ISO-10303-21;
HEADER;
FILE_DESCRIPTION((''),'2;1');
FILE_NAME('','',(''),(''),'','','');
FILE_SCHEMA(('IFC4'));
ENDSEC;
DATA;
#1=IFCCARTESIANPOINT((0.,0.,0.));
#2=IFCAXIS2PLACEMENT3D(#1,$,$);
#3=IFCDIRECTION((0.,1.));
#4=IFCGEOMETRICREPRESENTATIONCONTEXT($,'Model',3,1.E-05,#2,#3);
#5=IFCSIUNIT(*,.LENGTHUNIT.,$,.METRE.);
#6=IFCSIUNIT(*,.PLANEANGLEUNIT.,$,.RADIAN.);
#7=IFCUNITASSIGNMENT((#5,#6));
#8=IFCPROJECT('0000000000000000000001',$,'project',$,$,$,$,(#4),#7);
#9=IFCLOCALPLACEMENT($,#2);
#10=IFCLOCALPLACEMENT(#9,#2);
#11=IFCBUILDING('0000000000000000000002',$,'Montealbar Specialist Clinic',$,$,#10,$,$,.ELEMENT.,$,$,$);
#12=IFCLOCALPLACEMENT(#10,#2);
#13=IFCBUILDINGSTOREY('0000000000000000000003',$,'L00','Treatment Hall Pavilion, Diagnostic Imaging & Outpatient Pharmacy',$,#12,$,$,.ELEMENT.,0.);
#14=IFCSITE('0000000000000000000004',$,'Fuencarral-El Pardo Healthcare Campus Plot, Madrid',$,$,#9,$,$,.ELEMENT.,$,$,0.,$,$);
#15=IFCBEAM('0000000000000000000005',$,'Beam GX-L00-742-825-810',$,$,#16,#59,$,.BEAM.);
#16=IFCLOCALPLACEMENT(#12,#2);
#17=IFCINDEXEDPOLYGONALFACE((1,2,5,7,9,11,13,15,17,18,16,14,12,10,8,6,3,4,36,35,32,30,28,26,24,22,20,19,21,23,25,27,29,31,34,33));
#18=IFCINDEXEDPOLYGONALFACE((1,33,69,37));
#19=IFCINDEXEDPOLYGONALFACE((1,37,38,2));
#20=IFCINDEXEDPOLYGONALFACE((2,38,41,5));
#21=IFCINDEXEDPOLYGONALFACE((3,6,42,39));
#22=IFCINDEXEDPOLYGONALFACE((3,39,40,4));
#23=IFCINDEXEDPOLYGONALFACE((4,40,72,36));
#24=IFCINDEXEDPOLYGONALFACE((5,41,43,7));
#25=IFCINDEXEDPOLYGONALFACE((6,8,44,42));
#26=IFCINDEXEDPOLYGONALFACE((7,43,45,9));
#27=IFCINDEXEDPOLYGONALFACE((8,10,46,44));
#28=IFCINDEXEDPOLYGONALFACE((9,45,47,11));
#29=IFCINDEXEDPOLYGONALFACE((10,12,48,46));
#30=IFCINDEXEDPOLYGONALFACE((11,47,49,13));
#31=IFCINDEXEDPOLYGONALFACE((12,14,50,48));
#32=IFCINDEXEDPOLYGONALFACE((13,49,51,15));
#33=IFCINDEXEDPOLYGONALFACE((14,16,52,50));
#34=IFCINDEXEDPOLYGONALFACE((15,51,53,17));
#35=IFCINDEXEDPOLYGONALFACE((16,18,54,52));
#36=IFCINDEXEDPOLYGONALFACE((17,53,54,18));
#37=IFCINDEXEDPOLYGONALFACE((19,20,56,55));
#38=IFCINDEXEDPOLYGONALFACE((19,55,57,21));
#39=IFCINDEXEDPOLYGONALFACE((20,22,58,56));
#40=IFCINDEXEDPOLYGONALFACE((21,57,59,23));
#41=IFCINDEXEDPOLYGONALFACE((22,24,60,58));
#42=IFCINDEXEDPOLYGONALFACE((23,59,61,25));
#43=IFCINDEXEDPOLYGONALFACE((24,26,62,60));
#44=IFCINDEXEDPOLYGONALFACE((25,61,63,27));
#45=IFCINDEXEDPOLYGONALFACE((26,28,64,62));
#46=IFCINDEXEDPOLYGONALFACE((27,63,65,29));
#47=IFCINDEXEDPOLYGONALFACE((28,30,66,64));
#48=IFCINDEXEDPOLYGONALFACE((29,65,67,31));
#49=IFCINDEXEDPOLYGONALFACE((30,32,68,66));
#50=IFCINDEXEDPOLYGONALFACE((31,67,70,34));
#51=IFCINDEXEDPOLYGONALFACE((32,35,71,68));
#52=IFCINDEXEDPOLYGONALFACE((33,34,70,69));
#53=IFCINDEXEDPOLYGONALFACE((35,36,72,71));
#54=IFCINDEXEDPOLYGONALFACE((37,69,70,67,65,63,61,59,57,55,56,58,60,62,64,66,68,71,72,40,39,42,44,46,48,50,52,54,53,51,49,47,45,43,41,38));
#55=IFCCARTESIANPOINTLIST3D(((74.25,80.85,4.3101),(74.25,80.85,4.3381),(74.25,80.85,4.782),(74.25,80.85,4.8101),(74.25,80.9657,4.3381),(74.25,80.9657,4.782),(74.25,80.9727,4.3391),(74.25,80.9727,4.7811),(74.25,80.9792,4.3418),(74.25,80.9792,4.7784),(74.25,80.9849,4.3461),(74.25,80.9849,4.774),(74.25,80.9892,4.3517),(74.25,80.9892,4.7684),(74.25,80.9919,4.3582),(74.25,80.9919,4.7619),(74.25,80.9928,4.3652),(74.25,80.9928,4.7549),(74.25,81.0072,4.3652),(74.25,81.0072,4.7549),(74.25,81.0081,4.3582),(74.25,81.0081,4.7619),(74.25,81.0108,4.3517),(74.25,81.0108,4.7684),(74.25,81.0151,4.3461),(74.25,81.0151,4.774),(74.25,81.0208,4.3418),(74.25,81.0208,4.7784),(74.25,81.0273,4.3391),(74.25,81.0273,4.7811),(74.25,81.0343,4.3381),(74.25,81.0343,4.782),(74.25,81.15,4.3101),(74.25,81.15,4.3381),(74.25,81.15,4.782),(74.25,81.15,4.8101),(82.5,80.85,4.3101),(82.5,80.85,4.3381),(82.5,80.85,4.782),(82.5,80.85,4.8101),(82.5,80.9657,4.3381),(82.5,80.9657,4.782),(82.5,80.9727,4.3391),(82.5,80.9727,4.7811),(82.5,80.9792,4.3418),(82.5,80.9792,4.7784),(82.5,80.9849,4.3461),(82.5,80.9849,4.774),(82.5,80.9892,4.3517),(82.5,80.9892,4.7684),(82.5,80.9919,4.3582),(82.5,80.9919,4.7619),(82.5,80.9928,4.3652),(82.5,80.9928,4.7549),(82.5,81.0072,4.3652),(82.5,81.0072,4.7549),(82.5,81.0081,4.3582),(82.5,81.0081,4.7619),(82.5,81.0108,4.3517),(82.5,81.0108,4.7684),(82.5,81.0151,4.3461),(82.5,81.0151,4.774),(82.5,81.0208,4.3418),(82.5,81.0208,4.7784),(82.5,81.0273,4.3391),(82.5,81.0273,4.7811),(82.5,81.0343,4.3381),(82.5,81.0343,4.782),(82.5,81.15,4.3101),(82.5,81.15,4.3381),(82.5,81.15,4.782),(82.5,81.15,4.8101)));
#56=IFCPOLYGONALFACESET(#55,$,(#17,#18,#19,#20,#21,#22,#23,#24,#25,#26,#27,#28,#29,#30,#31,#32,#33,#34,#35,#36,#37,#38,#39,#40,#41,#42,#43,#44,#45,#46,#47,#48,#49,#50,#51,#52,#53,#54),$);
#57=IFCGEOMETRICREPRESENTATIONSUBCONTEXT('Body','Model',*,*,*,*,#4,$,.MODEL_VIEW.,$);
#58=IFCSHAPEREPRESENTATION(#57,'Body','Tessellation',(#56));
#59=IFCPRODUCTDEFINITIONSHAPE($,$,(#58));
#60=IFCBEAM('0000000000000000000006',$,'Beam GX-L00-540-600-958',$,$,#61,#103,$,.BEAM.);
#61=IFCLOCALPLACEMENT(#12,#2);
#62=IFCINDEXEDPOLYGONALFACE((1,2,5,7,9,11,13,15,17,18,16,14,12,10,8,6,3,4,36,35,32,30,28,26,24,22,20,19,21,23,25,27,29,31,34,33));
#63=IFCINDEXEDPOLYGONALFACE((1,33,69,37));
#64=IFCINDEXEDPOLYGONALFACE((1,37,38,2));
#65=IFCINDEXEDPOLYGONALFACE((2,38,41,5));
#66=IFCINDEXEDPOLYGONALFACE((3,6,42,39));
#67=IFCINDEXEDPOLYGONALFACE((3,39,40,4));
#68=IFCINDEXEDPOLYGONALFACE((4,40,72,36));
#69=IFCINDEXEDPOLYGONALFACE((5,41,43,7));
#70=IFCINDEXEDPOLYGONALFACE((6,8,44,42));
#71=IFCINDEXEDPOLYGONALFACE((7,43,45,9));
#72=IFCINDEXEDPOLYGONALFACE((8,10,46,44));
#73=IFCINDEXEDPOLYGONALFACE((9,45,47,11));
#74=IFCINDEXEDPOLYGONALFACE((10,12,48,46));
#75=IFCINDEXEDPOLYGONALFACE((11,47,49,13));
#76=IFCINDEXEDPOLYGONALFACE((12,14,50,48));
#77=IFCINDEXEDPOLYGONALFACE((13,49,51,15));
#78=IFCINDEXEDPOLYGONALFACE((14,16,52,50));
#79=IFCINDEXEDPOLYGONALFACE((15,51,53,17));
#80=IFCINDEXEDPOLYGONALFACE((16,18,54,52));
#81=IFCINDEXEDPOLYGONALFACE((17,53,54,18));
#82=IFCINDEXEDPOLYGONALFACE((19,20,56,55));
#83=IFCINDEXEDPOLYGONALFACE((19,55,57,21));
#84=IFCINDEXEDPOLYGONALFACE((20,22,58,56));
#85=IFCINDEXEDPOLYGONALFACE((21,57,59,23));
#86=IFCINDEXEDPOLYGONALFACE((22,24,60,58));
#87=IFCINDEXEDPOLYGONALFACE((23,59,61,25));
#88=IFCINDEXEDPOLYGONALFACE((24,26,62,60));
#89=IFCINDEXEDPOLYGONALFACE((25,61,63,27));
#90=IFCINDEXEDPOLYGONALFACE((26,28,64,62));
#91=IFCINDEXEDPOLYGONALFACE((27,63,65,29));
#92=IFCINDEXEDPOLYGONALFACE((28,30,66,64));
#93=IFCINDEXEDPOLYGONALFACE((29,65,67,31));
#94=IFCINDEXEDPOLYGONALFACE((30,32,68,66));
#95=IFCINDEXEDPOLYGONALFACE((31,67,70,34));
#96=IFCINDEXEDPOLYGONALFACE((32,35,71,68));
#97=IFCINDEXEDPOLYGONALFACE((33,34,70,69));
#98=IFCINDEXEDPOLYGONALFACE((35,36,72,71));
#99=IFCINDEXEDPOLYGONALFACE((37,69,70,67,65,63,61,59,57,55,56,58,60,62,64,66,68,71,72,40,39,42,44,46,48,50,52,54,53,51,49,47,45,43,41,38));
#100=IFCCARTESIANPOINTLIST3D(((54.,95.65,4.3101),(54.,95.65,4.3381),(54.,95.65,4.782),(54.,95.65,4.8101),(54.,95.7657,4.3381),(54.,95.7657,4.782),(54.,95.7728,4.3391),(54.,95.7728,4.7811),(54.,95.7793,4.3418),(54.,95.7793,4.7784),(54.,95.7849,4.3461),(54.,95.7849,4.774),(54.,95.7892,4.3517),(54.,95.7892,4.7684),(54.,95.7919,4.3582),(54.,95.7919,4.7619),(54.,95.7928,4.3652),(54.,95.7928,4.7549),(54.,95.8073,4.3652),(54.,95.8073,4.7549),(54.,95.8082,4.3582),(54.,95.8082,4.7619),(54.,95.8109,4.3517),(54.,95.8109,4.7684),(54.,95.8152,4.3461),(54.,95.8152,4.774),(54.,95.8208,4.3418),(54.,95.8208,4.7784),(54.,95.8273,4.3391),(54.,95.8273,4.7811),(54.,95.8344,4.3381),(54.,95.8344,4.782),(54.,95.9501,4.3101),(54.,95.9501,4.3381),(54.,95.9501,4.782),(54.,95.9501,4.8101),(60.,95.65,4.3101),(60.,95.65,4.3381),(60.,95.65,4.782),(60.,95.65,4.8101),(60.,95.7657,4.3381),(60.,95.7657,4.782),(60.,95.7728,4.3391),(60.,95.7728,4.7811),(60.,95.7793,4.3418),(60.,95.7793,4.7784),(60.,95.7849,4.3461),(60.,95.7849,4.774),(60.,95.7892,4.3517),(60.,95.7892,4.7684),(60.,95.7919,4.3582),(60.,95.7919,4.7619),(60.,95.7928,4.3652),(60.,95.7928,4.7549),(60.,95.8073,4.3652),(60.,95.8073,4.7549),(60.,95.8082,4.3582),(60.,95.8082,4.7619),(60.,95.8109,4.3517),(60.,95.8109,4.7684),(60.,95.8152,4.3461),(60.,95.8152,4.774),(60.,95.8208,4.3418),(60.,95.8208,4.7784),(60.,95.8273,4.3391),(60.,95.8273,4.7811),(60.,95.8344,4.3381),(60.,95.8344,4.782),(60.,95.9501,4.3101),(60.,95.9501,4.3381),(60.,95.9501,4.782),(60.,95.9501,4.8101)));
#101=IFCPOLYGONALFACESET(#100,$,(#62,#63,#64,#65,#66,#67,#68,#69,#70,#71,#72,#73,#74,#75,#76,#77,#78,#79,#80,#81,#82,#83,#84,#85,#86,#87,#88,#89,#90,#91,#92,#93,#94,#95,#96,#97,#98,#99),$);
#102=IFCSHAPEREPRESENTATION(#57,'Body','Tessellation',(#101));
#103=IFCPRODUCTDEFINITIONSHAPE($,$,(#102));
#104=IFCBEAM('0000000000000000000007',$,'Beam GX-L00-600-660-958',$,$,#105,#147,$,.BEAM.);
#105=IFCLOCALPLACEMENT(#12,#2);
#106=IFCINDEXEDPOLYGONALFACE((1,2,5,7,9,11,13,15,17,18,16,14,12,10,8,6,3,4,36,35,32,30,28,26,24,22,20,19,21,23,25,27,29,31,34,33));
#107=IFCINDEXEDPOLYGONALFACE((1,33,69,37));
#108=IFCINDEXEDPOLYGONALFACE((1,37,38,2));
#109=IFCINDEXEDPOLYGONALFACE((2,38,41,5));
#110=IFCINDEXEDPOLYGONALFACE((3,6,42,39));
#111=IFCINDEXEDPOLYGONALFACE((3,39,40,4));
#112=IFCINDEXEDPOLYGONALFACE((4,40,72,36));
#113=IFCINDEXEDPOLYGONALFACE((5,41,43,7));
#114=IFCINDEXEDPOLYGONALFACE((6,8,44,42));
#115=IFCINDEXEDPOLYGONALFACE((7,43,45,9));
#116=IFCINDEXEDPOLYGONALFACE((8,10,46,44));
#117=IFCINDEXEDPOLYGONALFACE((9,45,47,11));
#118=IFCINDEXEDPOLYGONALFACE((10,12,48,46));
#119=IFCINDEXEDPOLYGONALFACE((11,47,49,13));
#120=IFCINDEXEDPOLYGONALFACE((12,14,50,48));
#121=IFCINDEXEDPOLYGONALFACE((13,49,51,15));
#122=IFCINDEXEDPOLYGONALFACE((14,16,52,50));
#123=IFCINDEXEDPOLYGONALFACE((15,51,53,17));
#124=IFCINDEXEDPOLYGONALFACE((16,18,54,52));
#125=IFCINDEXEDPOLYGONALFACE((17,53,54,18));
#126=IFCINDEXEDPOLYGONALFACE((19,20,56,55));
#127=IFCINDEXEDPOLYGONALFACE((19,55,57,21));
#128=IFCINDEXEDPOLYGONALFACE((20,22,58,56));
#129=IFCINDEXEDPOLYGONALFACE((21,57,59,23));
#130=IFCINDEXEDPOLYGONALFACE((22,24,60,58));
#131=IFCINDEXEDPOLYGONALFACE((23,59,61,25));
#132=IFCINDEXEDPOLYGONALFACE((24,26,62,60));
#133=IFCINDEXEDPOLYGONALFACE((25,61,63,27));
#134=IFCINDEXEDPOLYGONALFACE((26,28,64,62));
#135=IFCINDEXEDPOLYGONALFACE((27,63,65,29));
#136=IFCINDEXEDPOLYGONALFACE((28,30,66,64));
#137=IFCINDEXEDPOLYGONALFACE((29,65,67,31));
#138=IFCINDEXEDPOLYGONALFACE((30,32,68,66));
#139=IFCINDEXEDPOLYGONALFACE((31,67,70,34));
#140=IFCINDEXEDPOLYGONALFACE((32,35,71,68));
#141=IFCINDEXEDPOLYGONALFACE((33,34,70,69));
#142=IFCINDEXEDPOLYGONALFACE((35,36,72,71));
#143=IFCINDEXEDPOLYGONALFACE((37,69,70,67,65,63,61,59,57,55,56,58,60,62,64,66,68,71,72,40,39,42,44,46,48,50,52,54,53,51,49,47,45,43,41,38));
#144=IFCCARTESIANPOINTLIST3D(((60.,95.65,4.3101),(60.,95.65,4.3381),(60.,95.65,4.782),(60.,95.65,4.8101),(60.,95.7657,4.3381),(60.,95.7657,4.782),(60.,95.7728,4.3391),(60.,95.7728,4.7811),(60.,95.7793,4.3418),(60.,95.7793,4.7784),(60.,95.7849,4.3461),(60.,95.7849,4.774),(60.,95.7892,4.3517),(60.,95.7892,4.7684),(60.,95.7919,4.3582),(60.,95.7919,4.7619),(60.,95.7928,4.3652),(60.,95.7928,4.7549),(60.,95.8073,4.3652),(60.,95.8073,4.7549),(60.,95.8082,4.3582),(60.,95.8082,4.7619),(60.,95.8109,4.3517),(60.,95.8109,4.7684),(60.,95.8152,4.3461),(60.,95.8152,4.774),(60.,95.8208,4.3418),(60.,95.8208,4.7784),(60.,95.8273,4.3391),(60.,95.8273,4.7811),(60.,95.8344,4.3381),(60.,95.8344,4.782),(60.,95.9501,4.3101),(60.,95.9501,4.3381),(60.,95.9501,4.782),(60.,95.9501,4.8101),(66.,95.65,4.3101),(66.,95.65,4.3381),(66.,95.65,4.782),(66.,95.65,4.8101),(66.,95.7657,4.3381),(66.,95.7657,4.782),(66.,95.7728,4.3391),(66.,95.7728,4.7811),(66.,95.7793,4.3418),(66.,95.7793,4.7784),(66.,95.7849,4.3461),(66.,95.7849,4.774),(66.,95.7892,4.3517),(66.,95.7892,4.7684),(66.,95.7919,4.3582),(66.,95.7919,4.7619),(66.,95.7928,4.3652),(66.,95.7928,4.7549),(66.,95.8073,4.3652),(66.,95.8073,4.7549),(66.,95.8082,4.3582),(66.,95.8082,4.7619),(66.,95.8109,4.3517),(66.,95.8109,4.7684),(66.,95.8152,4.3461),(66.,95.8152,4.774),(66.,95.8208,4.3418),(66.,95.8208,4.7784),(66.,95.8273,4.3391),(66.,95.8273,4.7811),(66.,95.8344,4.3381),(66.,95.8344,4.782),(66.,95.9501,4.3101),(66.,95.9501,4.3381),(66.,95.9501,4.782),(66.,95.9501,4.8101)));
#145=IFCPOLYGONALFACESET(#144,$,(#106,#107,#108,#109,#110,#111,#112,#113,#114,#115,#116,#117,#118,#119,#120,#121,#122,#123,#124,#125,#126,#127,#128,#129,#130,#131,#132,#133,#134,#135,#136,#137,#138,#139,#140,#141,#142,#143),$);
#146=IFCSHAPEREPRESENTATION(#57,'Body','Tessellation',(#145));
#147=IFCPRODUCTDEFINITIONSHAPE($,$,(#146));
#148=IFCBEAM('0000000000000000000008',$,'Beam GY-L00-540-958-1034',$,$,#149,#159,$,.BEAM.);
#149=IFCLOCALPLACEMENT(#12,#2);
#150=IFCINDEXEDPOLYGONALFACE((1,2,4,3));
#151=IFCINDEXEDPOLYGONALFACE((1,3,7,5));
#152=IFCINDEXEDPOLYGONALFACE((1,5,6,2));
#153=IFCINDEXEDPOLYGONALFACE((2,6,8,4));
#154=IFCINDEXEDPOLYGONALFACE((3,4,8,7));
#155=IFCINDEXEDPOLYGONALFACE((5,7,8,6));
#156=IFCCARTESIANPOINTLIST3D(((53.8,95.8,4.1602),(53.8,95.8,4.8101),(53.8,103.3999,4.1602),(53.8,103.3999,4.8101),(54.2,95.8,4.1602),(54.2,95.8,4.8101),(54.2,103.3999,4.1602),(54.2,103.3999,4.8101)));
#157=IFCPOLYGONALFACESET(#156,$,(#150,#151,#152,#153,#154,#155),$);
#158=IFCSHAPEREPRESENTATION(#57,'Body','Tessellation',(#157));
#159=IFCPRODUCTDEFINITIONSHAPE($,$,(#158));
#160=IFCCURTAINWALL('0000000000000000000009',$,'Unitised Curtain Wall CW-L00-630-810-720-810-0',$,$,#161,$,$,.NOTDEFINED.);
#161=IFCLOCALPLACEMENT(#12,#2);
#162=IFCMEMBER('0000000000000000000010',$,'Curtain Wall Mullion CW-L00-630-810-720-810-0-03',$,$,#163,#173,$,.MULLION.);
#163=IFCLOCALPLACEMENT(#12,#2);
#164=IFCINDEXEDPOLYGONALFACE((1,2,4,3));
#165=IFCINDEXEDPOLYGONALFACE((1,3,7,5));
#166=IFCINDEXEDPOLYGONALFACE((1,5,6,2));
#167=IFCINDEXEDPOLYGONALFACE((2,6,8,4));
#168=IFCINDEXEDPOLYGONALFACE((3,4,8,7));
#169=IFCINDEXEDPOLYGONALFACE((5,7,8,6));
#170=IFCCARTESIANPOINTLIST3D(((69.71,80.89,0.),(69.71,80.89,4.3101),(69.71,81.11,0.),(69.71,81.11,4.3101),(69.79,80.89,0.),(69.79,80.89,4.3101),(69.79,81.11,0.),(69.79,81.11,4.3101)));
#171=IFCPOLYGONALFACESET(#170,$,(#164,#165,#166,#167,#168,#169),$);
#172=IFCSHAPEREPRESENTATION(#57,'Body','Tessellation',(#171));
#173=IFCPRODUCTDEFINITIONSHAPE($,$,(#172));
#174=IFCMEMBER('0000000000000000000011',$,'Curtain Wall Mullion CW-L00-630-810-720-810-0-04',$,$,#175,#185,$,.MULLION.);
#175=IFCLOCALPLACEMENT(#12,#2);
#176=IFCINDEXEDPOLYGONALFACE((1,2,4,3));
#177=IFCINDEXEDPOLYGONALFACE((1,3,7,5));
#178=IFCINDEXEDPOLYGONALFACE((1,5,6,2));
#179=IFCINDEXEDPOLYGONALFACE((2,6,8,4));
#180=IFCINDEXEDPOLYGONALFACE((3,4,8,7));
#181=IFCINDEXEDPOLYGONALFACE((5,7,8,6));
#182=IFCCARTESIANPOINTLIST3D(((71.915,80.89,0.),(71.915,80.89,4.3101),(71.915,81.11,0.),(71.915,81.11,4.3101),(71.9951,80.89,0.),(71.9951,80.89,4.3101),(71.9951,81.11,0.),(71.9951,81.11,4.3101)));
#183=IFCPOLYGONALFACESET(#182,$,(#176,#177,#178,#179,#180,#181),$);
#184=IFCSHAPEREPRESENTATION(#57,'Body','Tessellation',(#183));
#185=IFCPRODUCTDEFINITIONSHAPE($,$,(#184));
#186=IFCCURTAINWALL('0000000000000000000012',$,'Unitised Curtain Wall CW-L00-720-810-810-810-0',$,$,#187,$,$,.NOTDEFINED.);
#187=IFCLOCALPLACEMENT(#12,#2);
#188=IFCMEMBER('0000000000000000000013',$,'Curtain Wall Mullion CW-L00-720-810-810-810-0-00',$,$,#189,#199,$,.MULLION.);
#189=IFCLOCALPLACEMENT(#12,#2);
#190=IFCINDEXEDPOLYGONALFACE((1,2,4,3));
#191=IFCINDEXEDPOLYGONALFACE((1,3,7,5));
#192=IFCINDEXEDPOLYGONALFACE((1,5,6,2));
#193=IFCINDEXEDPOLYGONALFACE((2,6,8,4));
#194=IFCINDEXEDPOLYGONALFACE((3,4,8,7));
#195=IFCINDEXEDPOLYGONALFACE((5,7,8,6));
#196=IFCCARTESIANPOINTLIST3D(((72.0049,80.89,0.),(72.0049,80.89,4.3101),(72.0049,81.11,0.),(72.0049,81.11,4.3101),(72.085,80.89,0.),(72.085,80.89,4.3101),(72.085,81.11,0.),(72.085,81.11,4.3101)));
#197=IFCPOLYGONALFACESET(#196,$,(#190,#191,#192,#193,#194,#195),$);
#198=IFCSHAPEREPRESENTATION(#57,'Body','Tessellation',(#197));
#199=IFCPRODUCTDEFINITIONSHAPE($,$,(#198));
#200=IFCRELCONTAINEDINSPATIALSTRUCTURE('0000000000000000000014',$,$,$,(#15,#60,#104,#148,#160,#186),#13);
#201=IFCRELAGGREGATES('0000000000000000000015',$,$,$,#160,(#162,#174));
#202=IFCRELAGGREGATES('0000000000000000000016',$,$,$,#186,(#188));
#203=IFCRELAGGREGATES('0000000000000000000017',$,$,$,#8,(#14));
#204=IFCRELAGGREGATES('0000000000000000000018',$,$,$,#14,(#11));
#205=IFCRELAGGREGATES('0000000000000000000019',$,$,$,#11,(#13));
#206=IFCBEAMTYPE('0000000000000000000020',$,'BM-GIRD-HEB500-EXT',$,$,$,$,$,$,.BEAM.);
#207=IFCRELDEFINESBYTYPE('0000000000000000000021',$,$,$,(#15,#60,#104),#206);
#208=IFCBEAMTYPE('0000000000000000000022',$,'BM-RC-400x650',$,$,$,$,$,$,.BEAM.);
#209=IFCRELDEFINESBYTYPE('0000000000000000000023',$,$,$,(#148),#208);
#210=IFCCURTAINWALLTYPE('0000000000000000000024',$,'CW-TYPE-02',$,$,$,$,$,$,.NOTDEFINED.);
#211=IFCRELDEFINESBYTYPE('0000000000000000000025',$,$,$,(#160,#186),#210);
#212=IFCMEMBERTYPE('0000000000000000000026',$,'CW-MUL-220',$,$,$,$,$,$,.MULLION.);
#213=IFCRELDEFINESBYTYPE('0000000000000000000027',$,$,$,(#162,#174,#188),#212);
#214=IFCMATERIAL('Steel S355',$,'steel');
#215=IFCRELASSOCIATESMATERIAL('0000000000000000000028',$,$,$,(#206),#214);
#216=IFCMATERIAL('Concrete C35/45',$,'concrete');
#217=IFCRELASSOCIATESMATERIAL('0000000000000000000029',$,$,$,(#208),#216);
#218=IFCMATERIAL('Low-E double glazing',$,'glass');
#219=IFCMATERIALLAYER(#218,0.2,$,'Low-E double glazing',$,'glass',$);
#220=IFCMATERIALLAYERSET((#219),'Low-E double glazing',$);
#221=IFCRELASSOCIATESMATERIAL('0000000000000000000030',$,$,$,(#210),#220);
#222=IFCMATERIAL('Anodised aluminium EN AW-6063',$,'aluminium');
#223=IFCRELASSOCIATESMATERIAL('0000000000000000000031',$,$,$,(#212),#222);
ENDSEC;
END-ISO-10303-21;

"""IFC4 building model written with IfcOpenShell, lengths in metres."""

from ifc_helpers import new_model, si_unit, direction, frame, origin, origin_2d, place, context, subcontext, project, spatial, rectangle, i_section, extrude, material, layer, layer_set, material_profile, profile_set, type_object, element, aggregate, save


model = new_model("IFC4")

# Units and contexts
model_context = context("Model", 3, precision=1e-05, world=origin(), true_north=direction((0.0, 1.0)))
body_context = subcontext(model_context, "Body", "Model", "MODEL_VIEW")
ifc_project = project(units=[si_unit("LENGTHUNIT", "METRE"), si_unit("PLANEANGLEUNIT", "RADIAN")], contexts=[model_context])

# Site, building, storey
site_placement = place(None, origin())
site = spatial("IfcSite", under=ifc_project, at=site_placement, Name="Fuencarral-El Pardo Healthcare Campus Plot, Madrid", CompositionType="ELEMENT", RefElevation=0.0)
building_placement = place(site_placement, origin())
building = spatial("IfcBuilding", under=site, at=building_placement, Name="Montealbar Specialist Clinic", CompositionType="ELEMENT")
storey_placement = place(building_placement, origin())
storey = spatial("IfcBuildingStorey", under=building, at=storey_placement, Name="L00", Description="Treatment Hall Pavilion, Diagnostic Imaging & Outpatient Pharmacy", CompositionType="ELEMENT", Elevation=0.0)

# Shared definitions
ifc_material_1 = material(Name="Steel S355", Category="steel")

# Beams
ifc_material_profile_1 = material_profile(ifc_material_1, i_section(OverallWidth=0.3, OverallDepth=0.5, WebThickness=0.0144, FlangeThickness=0.0281, FilletRadius=0.0271, at=origin_2d()), Name="HEB 500", Category="steel")
ifc_profile_set_1 = profile_set([ifc_material_profile_1], Name="Steel S355")
beam_type_1 = type_object("IfcBeamType", Name="BM-GIRD-HEB500-EXT", PredefinedType="BEAM", material=ifc_profile_set_1)
beam_1_placement = place(storey_placement, frame((74.25, 81.0, 4.5601), z_axis=(1.0, 0.0, 0.0), x_axis=(0.0, 1.0, 0.0)))
element("IfcBeam", 1, at=beam_1_placement, inside=storey, type_object=beam_type_1, Name="Beam GX-L00-742-825-810", PredefinedType="BEAM", context=body_context, shape_type="SweptSolid", body=[
    extrude(i_section(OverallWidth=0.3, OverallDepth=0.5, WebThickness=0.0144, FlangeThickness=0.0281, FilletRadius=0.0271, at=origin_2d()), origin(), (0.0, 0.0, 1.0), 8.25),
])
for number, where, z_axis, x_axis, name in (
    (2, (54.0, 95.8, 4.5601), (1.0, 0.0, 0.0), (0.0, 1.0, 0.0), "Beam GX-L00-540-600-958"),
    (3, (60.0, 95.8, 4.5601), (1.0, 0.0, 0.0), (0.0, 1.0, 0.0), "Beam GX-L00-600-660-958"),
):
    element("IfcBeam", number, at=place(storey_placement, frame(where, z_axis=z_axis, x_axis=x_axis)), inside=storey, type_object=beam_type_1, Name=name, PredefinedType="BEAM", context=body_context, shape_type="SweptSolid", body=[
        extrude(i_section(OverallWidth=0.3, OverallDepth=0.5, WebThickness=0.0144, FlangeThickness=0.0281, FilletRadius=0.0271, at=origin_2d()), origin(), (0.0, 0.0, 1.0), 6.0),
    ])
ifc_material_2 = material(Name="Concrete C35/45", Category="concrete")
ifc_material_profile_2 = material_profile(ifc_material_2, rectangle(XDim=0.3999, YDim=0.6499, at=origin_2d()), Name="RC 400x650", Category="concrete")
ifc_profile_set_2 = profile_set([ifc_material_profile_2], Name="Concrete C35/45")
beam_type_2 = type_object("IfcBeamType", Name="BM-RC-400x650", PredefinedType="BEAM", material=ifc_profile_set_2)
beam_2_placement = place(storey_placement, frame((54.0, 95.8, 4.4851), z_axis=(0.0, 1.0, 0.0), x_axis=(-1.0, 0.0, 0.0)))
element("IfcBeam", 4, at=beam_2_placement, inside=storey, type_object=beam_type_2, Name="Beam GY-L00-540-958-1034", PredefinedType="BEAM", context=body_context, shape_type="SweptSolid", body=[
    extrude(rectangle(XDim=0.3999, YDim=0.6499, at=origin_2d()), origin(), (0.0, 0.0, 1.0), 7.5999),
])

# Curtain walls, members
ifc_material_3 = material(Name="Low-E double glazing", Category="glass")
ifc_layer_1 = layer(ifc_material_3, 0.2, Name="Low-E double glazing", Category="glass")
ifc_layer_set_1 = layer_set([ifc_layer_1], Name="Low-E double glazing")
curtain_wall_type = type_object("IfcCurtainWallType", Name="CW-TYPE-02", PredefinedType="NOTDEFINED", material=ifc_layer_set_1)
curtain_wall_1_placement = place(storey_placement, origin())
curtain_wall_1 = element("IfcCurtainWall", 5, at=curtain_wall_1_placement, inside=storey, type_object=curtain_wall_type, Name="Unitised Curtain Wall CW-L00-630-810-720-810-0", PredefinedType="NOTDEFINED")
ifc_material_4 = material(Name="Anodised aluminium EN AW-6063", Category="aluminium")
ifc_material_profile_3 = material_profile(ifc_material_4, rectangle(XDim=0.0801, YDim=0.22, at=origin_2d()), Name="ALU 80x220", Category="aluminium")
ifc_profile_set_3 = profile_set([ifc_material_profile_3], Name="Anodised aluminium EN AW-6063")
member_type_1 = type_object("IfcMemberType", Name="CW-MUL-220", PredefinedType="MULLION", material=ifc_profile_set_3)
member_1_placement = place(storey_placement, frame((69.75, 81.0, 0.0), z_axis=(0.0, 0.0, 1.0), x_axis=(1.0, 0.0, 0.0)))
member_1 = element("IfcMember", 6, at=member_1_placement, type_object=member_type_1, Name="Curtain Wall Mullion CW-L00-630-810-720-810-0-03", PredefinedType="MULLION", context=body_context, shape_type="SweptSolid", body=[
    extrude(rectangle(XDim=0.0801, YDim=0.22, at=origin_2d()), origin(), (0.0, 0.0, 1.0), 4.3101),
])
member_2_placement = place(storey_placement, frame((71.9551, 81.0, 0.0), z_axis=(0.0, 0.0, 1.0), x_axis=(1.0, 0.0, 0.0)))
member_2 = element("IfcMember", 7, at=member_2_placement, type_object=member_type_1, Name="Curtain Wall Mullion CW-L00-630-810-720-810-0-04", PredefinedType="MULLION", context=body_context, shape_type="SweptSolid", body=[
    extrude(rectangle(XDim=0.0801, YDim=0.22, at=origin_2d()), origin(), (0.0, 0.0, 1.0), 4.3101),
])
curtain_wall_2_placement = place(storey_placement, origin())
curtain_wall_2 = element("IfcCurtainWall", 8, at=curtain_wall_2_placement, inside=storey, type_object=curtain_wall_type, Name="Unitised Curtain Wall CW-L00-720-810-810-810-0", PredefinedType="NOTDEFINED")
member_3_placement = place(storey_placement, frame((72.0449, 81.0, 0.0), z_axis=(0.0, 0.0, 1.0), x_axis=(1.0, 0.0, 0.0)))
member_3 = element("IfcMember", 9, at=member_3_placement, type_object=member_type_1, Name="Curtain Wall Mullion CW-L00-720-810-810-810-0-00", PredefinedType="MULLION", context=body_context, shape_type="SweptSolid", body=[
    extrude(rectangle(XDim=0.0801, YDim=0.22, at=origin_2d()), origin(), (0.0, 0.0, 1.0), 4.3101),
])

aggregate(curtain_wall_1, [member_1, member_2])
aggregate(curtain_wall_2, [member_3])

save(model, "model.ifc")
